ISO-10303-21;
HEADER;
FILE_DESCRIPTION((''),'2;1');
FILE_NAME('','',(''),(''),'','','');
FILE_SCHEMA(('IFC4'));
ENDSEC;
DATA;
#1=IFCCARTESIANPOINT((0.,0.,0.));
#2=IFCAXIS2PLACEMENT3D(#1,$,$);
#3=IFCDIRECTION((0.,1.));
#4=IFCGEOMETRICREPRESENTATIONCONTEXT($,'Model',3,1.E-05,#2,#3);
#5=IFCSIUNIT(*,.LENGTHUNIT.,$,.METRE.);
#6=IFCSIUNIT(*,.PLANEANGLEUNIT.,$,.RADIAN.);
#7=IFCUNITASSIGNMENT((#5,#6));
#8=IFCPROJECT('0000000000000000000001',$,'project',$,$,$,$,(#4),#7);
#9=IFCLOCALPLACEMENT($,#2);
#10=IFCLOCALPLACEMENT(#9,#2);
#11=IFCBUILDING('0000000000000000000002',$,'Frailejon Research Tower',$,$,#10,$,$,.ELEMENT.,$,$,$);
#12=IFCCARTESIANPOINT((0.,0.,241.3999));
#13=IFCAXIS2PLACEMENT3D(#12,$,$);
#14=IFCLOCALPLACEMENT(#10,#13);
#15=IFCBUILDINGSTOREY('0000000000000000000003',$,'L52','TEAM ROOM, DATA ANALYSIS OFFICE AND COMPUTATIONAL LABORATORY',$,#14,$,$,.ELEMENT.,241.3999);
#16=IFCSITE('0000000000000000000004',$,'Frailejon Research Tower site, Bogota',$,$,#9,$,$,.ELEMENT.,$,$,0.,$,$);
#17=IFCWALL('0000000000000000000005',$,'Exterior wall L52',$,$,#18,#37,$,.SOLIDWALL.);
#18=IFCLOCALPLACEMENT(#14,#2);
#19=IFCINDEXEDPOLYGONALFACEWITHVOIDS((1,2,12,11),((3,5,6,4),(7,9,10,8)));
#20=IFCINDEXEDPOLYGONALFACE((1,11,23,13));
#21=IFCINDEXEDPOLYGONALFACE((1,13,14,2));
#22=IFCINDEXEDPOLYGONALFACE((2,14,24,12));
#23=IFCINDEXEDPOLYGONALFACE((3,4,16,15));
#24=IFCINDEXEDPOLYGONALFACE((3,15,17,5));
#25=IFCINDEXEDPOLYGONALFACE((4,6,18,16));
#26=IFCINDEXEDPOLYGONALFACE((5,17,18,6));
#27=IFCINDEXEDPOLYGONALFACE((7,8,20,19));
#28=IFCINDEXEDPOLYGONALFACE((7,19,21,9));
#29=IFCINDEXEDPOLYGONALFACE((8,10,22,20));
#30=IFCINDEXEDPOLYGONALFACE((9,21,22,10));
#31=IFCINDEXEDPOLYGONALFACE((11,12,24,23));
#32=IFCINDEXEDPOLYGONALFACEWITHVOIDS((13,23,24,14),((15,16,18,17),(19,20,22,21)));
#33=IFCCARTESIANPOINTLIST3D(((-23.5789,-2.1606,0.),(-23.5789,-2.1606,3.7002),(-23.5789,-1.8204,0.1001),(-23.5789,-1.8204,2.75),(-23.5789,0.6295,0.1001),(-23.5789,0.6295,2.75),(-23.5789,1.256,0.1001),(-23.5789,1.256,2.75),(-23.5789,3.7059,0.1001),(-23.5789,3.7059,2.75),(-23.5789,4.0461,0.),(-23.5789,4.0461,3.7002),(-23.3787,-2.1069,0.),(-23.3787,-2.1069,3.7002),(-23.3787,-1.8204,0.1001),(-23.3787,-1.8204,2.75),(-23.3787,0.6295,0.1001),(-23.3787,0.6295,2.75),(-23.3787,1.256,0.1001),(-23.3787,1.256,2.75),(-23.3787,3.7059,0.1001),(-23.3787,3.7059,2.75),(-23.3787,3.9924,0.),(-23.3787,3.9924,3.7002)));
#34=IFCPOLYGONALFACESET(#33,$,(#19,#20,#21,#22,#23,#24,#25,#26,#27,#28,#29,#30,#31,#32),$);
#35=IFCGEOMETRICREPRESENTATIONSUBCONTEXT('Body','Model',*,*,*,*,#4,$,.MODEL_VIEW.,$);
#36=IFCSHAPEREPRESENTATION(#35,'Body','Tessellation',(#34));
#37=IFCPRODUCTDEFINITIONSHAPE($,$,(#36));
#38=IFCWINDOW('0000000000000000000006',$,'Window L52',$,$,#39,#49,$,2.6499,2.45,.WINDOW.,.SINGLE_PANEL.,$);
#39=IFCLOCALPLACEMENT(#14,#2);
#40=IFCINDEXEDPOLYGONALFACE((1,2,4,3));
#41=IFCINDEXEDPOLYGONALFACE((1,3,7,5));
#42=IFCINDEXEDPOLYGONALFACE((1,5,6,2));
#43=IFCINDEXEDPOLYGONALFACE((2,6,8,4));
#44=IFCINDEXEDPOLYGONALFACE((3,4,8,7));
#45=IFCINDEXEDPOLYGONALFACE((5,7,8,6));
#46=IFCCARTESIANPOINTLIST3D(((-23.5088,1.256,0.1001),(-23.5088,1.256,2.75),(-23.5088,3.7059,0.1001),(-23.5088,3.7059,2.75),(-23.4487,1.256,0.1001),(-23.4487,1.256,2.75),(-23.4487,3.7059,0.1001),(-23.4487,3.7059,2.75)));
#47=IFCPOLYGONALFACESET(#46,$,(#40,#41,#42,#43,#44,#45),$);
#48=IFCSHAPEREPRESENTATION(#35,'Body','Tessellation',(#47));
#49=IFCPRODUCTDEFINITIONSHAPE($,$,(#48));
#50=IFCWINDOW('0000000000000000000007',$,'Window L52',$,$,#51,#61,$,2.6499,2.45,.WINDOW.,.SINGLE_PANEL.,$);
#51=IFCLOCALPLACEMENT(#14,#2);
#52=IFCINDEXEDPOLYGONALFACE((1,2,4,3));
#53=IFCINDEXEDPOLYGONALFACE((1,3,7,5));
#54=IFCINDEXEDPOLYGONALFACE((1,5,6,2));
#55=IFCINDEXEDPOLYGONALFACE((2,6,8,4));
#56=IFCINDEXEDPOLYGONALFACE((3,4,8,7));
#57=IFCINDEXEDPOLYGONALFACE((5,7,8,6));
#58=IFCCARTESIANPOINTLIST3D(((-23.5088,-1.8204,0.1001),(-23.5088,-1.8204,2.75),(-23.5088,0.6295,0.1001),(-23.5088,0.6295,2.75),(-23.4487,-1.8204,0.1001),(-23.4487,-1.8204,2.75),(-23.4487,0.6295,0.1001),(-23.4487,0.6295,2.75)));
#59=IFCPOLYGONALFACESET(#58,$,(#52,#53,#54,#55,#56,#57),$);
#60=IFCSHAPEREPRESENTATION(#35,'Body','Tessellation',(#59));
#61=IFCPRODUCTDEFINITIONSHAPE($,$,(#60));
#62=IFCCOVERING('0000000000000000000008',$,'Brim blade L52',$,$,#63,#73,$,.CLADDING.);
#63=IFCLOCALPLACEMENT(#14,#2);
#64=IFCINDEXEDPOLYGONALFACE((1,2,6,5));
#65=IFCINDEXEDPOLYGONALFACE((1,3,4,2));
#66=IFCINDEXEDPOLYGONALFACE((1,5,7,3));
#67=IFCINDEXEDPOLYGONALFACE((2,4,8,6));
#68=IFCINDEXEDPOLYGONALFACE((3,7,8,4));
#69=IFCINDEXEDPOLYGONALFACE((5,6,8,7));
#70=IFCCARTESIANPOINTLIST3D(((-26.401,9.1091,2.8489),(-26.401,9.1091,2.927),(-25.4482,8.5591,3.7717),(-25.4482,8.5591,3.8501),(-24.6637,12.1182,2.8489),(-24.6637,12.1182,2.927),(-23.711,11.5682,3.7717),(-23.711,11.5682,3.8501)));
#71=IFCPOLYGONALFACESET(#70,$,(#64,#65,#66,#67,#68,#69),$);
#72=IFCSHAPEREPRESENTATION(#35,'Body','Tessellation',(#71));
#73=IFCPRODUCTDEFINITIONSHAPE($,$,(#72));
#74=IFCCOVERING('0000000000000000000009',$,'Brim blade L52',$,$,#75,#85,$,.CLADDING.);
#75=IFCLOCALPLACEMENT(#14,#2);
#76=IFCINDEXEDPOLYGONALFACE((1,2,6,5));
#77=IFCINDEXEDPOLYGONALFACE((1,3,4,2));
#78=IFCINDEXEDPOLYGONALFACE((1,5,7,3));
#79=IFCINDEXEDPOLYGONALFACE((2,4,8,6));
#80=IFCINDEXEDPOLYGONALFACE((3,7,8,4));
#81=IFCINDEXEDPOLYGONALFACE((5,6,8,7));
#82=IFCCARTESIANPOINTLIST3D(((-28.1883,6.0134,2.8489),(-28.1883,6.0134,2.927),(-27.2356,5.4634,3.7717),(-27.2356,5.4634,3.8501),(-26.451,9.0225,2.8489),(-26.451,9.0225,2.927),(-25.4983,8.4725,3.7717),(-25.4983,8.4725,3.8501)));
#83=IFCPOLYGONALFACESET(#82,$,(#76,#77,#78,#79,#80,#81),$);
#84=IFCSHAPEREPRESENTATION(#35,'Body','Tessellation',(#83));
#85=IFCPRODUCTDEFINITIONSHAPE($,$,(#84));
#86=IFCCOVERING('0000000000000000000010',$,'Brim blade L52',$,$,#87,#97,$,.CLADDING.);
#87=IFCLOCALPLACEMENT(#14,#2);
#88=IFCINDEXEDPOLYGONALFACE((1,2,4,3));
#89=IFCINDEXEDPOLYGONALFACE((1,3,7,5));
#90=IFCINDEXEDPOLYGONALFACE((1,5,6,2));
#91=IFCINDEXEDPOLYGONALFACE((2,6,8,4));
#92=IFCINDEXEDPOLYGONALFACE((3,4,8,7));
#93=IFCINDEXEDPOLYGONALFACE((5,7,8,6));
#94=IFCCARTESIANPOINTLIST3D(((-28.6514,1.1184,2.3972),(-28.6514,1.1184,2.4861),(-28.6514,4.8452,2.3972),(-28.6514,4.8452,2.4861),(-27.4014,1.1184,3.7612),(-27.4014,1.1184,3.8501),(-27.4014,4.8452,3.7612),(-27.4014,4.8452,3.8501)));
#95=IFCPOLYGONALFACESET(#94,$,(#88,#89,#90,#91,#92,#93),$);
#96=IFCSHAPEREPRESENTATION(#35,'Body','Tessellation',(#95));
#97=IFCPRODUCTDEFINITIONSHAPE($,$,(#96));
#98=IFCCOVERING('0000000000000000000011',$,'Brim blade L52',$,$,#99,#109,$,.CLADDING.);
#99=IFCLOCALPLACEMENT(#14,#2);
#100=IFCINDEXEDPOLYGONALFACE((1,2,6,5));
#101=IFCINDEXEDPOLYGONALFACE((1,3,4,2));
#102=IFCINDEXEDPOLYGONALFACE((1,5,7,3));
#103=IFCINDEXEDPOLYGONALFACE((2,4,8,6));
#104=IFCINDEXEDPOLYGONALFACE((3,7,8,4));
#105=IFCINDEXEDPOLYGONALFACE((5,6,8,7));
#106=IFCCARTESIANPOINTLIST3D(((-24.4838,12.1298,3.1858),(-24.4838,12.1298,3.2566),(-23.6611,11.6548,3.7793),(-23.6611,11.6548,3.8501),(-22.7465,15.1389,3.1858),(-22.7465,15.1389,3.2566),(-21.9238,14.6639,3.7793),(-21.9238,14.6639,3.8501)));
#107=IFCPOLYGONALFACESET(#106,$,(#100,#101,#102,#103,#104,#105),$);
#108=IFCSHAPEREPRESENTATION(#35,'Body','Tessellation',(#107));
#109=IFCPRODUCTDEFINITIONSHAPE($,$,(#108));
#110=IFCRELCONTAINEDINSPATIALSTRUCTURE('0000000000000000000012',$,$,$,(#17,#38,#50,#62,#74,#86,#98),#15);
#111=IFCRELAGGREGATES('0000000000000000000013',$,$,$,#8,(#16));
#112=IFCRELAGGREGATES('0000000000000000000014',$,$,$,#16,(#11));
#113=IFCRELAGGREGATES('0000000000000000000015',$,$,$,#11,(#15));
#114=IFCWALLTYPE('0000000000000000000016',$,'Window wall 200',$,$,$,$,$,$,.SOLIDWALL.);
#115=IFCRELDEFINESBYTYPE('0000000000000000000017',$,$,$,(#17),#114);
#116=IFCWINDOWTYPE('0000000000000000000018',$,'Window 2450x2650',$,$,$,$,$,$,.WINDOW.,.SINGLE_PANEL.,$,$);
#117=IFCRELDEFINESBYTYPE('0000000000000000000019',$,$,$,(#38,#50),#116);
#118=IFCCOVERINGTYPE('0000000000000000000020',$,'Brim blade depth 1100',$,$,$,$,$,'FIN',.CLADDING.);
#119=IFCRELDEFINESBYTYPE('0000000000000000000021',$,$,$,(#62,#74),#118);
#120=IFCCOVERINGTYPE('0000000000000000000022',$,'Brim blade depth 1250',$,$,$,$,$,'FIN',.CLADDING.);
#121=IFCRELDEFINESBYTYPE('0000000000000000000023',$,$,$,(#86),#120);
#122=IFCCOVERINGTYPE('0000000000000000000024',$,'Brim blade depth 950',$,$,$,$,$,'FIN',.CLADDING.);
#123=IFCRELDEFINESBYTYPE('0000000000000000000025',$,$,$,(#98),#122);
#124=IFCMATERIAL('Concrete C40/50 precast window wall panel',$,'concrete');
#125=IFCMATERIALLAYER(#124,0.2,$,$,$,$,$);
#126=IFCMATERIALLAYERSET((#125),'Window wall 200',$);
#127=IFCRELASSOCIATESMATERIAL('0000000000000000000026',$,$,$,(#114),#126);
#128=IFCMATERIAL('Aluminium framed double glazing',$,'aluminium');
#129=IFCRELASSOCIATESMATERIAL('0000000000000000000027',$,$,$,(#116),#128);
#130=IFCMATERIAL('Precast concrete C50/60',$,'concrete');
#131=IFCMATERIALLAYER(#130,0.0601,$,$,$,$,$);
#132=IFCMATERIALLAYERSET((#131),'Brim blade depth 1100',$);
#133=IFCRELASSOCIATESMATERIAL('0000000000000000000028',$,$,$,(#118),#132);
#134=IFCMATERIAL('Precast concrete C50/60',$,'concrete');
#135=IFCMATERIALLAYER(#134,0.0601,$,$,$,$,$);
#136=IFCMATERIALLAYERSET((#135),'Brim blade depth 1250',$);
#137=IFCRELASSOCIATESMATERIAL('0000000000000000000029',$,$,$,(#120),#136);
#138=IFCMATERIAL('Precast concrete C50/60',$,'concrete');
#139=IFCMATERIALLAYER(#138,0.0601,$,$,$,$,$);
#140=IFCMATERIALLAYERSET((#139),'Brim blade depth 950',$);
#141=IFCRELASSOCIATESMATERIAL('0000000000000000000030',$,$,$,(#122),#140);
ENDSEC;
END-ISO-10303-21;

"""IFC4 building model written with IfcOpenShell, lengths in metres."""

from ifc_helpers import new_model, si_unit, direction, frame, frame_2d, origin, place, context, subcontext, project, spatial, polyline, rectangle, outline, extrude, material, layer, layer_set, type_object, element, fill, save


model = new_model("IFC4")

# Units and contexts
model_context = context("Model", 3, precision=1e-05, world=origin(), true_north=direction((0.0, 1.0)))
body_context = subcontext(model_context, "Body", "Model", "MODEL_VIEW")
ifc_project = project(units=[si_unit("LENGTHUNIT", "METRE"), si_unit("PLANEANGLEUNIT", "RADIAN")], contexts=[model_context])

# Site, building, storey
site_placement = place(None, origin())
site = spatial("IfcSite", under=ifc_project, at=site_placement, Name="Frailejon Research Tower site, Bogota", CompositionType="ELEMENT", RefElevation=0.0)
building_placement = place(site_placement, origin())
building = spatial("IfcBuilding", under=site, at=building_placement, Name="Frailejon Research Tower", CompositionType="ELEMENT")
storey_placement = place(building_placement, frame((0.0, 0.0, 241.3999)))
storey = spatial("IfcBuildingStorey", under=building, at=storey_placement, Name="L52", Description="TEAM ROOM, DATA ANALYSIS OFFICE AND COMPUTATIONAL LABORATORY", CompositionType="ELEMENT", Elevation=241.3999)

# Wall, openings, windows
ifc_material_1 = material(Name="Concrete C40/50 precast window wall panel", Category="concrete")
ifc_layer_1 = layer(ifc_material_1, 0.2)
ifc_layer_set_1 = layer_set([ifc_layer_1], Name="Window wall 200")
wall_type_1 = type_object("IfcWallType", Name="Window wall 200", PredefinedType="SOLIDWALL", material=ifc_layer_set_1)
wall_1_placement = place(storey_placement, frame((-23.4788, 4.0193, 0.0), z_axis=(0.0, 0.0, 1.0), x_axis=(0.0, -1.0, 0.0)))
wall_1 = element("IfcWall", 1, at=wall_1_placement, inside=storey, type_object=wall_type_1, Name="Exterior wall L52", PredefinedType="SOLIDWALL", context=body_context, shape_type="SweptSolid", body=[
    extrude(outline(polyline([(-0.0269, -0.1001), (1.0076, -0.1001), (2.042, -0.1001), (3.0767, -0.1001), (4.1111, -0.1001), (5.1455, -0.1001), (6.1799, -0.1001), (6.1262, 0.1001), (5.1096, 0.1001), (4.093, 0.1001), (3.0767, 0.1001), (2.0601, 0.1001), (1.0435, 0.1001), (0.0269, 0.1001), (-0.0269, -0.1001)])), origin(), (0.0, 0.0, 1.0), 3.7002),
])
opening_1_placement = place(wall_1_placement, frame((0.3132, 0.0, 0.1001)))
opening_1 = element("IfcOpeningElement", 2, at=opening_1_placement, cuts=wall_1, PredefinedType="OPENING", context=body_context, shape_type="SweptSolid", body=[
    extrude(rectangle(XDim=2.45, YDim=2.6499, at=frame_2d((1.2251, 1.325))), frame((0.0, 0.1099, 0.0), z_axis=(0.0, -1.0, 0.0), x_axis=(1.0, 0.0, 0.0)), (0.0, 0.0, 1.0), 0.22),
])
opening_2_placement = place(wall_1_placement, frame((3.3896, 0.0, 0.1001)))
opening_2 = element("IfcOpeningElement", 3, at=opening_2_placement, cuts=wall_1, PredefinedType="OPENING", context=body_context, shape_type="SweptSolid", body=[
    extrude(rectangle(XDim=2.45, YDim=2.6499, at=frame_2d((1.2251, 1.325))), frame((0.0, 0.1099, 0.0), z_axis=(0.0, -1.0, 0.0), x_axis=(1.0, 0.0, 0.0)), (0.0, 0.0, 1.0), 0.22),
])
ifc_material_2 = material(Name="Aluminium framed double glazing", Category="aluminium")
window_type = type_object("IfcWindowType", Name="Window 2450x2650", PartitioningType="SINGLE_PANEL", PredefinedType="WINDOW", material=ifc_material_2)
window_1_placement = place(opening_1_placement, origin())
window_1 = element("IfcWindow", 4, at=window_1_placement, inside=storey, type_object=window_type, Name="Window L52", OverallHeight=2.6499, OverallWidth=2.45, PartitioningType="SINGLE_PANEL", PredefinedType="WINDOW", context=body_context, shape_type="SweptSolid", body=[
    extrude(rectangle(XDim=2.45, YDim=2.6499, at=frame_2d((1.2251, 1.325))), frame((0.0, 0.03, 0.0), z_axis=(0.0, -1.0, 0.0), x_axis=(1.0, 0.0, 0.0)), (0.0, 0.0, 1.0), 0.0601),
])
fill(opening_1, window_1)
window_2_placement = place(opening_2_placement, origin())
window_2 = element("IfcWindow", 5, at=window_2_placement, inside=storey, type_object=window_type, Name="Window L52", OverallHeight=2.6499, OverallWidth=2.45, PartitioningType="SINGLE_PANEL", PredefinedType="WINDOW", context=body_context, shape_type="SweptSolid", body=[
    extrude(rectangle(XDim=2.45, YDim=2.6499, at=frame_2d((1.2251, 1.325))), frame((0.0, 0.03, 0.0), z_axis=(0.0, -1.0, 0.0), x_axis=(1.0, 0.0, 0.0)), (0.0, 0.0, 1.0), 0.0601),
])
fill(opening_2, window_2)

# Coverings
ifc_material_3 = material(Name="Precast concrete C50/60", Category="concrete")
ifc_layer_2 = layer(ifc_material_3, 0.0601)
ifc_layer_set_2 = layer_set([ifc_layer_2], Name="Brim blade depth 1100")
covering_type_1 = type_object("IfcCoveringType", Name="Brim blade depth 1100", ElementType="FIN", PredefinedType="CLADDING", material=ifc_layer_set_2)
for number, where, z_axis, x_axis, name in (
    (6, (-25.4482, 8.5591, 3.8501), (0.49999, 0.866031, 0.0), (-0.866031, 0.49999, 0.0), "Brim blade L52"),
    (7, (-27.2356, 5.4634, 3.8501), (0.500011, 0.866019, 0.0), (-0.866019, 0.500011, 0.0), "Brim blade L52"),
):
    element("IfcCovering", number, at=place(storey_placement, frame(where, z_axis=z_axis, x_axis=x_axis)), inside=storey, type_object=covering_type_1, Name=name, PredefinedType="CLADDING", context=body_context, shape_type="SweptSolid", body=[
        extrude(outline(polyline([(0.0, -0.0784), (1.1001, -1.0012), (1.1001, -0.9231), (0.0, 0.0), (0.0, -0.0784)])), origin(), (0.0, 0.0, 1.0), 3.4746),
    ])
ifc_material_4 = material(Name="Precast concrete C50/60", Category="concrete")
ifc_layer_3 = layer(ifc_material_4, 0.0601)
ifc_layer_set_3 = layer_set([ifc_layer_3], Name="Brim blade depth 1250")
covering_type_2 = type_object("IfcCoveringType", Name="Brim blade depth 1250", ElementType="FIN", PredefinedType="CLADDING", material=ifc_layer_set_3)
covering_1_placement = place(storey_placement, frame((-27.4014, 1.1184, 3.8501), z_axis=(0.0, 1.0, 0.0), x_axis=(-1.0, 0.0, 0.0)))
element("IfcCovering", 8, at=covering_1_placement, inside=storey, type_object=covering_type_2, Name="Brim blade L52", PredefinedType="CLADDING", context=body_context, shape_type="SweptSolid", body=[
    extrude(outline(polyline([(0.0, -0.0889), (1.25, -1.4529), (1.25, -1.364), (0.0, 0.0), (0.0, -0.0889)])), origin(), (0.0, 0.0, 1.0), 3.7268),
])
ifc_material_5 = material(Name="Precast concrete C50/60", Category="concrete")
ifc_layer_4 = layer(ifc_material_5, 0.0601)
ifc_layer_set_4 = layer_set([ifc_layer_4], Name="Brim blade depth 950")
covering_type_3 = type_object("IfcCoveringType", Name="Brim blade depth 950", ElementType="FIN", PredefinedType="CLADDING", material=ifc_layer_set_4)
covering_2_placement = place(storey_placement, frame((-23.6611, 11.6548, 3.8501), z_axis=(0.499999, 0.866026, 0.0), x_axis=(-0.866026, 0.499999, 0.0)))
element("IfcCovering", 9, at=covering_2_placement, inside=storey, type_object=covering_type_3, Name="Brim blade L52", PredefinedType="CLADDING", context=body_context, shape_type="SweptSolid", body=[
    extrude(outline(polyline([(0.0, -0.0708), (0.95, -0.6643), (0.95, -0.5935), (0.0, 0.0), (0.0, -0.0708)])), origin(), (0.0, 0.0, 1.0), 3.4746),
])

save(model, "model.ifc")
